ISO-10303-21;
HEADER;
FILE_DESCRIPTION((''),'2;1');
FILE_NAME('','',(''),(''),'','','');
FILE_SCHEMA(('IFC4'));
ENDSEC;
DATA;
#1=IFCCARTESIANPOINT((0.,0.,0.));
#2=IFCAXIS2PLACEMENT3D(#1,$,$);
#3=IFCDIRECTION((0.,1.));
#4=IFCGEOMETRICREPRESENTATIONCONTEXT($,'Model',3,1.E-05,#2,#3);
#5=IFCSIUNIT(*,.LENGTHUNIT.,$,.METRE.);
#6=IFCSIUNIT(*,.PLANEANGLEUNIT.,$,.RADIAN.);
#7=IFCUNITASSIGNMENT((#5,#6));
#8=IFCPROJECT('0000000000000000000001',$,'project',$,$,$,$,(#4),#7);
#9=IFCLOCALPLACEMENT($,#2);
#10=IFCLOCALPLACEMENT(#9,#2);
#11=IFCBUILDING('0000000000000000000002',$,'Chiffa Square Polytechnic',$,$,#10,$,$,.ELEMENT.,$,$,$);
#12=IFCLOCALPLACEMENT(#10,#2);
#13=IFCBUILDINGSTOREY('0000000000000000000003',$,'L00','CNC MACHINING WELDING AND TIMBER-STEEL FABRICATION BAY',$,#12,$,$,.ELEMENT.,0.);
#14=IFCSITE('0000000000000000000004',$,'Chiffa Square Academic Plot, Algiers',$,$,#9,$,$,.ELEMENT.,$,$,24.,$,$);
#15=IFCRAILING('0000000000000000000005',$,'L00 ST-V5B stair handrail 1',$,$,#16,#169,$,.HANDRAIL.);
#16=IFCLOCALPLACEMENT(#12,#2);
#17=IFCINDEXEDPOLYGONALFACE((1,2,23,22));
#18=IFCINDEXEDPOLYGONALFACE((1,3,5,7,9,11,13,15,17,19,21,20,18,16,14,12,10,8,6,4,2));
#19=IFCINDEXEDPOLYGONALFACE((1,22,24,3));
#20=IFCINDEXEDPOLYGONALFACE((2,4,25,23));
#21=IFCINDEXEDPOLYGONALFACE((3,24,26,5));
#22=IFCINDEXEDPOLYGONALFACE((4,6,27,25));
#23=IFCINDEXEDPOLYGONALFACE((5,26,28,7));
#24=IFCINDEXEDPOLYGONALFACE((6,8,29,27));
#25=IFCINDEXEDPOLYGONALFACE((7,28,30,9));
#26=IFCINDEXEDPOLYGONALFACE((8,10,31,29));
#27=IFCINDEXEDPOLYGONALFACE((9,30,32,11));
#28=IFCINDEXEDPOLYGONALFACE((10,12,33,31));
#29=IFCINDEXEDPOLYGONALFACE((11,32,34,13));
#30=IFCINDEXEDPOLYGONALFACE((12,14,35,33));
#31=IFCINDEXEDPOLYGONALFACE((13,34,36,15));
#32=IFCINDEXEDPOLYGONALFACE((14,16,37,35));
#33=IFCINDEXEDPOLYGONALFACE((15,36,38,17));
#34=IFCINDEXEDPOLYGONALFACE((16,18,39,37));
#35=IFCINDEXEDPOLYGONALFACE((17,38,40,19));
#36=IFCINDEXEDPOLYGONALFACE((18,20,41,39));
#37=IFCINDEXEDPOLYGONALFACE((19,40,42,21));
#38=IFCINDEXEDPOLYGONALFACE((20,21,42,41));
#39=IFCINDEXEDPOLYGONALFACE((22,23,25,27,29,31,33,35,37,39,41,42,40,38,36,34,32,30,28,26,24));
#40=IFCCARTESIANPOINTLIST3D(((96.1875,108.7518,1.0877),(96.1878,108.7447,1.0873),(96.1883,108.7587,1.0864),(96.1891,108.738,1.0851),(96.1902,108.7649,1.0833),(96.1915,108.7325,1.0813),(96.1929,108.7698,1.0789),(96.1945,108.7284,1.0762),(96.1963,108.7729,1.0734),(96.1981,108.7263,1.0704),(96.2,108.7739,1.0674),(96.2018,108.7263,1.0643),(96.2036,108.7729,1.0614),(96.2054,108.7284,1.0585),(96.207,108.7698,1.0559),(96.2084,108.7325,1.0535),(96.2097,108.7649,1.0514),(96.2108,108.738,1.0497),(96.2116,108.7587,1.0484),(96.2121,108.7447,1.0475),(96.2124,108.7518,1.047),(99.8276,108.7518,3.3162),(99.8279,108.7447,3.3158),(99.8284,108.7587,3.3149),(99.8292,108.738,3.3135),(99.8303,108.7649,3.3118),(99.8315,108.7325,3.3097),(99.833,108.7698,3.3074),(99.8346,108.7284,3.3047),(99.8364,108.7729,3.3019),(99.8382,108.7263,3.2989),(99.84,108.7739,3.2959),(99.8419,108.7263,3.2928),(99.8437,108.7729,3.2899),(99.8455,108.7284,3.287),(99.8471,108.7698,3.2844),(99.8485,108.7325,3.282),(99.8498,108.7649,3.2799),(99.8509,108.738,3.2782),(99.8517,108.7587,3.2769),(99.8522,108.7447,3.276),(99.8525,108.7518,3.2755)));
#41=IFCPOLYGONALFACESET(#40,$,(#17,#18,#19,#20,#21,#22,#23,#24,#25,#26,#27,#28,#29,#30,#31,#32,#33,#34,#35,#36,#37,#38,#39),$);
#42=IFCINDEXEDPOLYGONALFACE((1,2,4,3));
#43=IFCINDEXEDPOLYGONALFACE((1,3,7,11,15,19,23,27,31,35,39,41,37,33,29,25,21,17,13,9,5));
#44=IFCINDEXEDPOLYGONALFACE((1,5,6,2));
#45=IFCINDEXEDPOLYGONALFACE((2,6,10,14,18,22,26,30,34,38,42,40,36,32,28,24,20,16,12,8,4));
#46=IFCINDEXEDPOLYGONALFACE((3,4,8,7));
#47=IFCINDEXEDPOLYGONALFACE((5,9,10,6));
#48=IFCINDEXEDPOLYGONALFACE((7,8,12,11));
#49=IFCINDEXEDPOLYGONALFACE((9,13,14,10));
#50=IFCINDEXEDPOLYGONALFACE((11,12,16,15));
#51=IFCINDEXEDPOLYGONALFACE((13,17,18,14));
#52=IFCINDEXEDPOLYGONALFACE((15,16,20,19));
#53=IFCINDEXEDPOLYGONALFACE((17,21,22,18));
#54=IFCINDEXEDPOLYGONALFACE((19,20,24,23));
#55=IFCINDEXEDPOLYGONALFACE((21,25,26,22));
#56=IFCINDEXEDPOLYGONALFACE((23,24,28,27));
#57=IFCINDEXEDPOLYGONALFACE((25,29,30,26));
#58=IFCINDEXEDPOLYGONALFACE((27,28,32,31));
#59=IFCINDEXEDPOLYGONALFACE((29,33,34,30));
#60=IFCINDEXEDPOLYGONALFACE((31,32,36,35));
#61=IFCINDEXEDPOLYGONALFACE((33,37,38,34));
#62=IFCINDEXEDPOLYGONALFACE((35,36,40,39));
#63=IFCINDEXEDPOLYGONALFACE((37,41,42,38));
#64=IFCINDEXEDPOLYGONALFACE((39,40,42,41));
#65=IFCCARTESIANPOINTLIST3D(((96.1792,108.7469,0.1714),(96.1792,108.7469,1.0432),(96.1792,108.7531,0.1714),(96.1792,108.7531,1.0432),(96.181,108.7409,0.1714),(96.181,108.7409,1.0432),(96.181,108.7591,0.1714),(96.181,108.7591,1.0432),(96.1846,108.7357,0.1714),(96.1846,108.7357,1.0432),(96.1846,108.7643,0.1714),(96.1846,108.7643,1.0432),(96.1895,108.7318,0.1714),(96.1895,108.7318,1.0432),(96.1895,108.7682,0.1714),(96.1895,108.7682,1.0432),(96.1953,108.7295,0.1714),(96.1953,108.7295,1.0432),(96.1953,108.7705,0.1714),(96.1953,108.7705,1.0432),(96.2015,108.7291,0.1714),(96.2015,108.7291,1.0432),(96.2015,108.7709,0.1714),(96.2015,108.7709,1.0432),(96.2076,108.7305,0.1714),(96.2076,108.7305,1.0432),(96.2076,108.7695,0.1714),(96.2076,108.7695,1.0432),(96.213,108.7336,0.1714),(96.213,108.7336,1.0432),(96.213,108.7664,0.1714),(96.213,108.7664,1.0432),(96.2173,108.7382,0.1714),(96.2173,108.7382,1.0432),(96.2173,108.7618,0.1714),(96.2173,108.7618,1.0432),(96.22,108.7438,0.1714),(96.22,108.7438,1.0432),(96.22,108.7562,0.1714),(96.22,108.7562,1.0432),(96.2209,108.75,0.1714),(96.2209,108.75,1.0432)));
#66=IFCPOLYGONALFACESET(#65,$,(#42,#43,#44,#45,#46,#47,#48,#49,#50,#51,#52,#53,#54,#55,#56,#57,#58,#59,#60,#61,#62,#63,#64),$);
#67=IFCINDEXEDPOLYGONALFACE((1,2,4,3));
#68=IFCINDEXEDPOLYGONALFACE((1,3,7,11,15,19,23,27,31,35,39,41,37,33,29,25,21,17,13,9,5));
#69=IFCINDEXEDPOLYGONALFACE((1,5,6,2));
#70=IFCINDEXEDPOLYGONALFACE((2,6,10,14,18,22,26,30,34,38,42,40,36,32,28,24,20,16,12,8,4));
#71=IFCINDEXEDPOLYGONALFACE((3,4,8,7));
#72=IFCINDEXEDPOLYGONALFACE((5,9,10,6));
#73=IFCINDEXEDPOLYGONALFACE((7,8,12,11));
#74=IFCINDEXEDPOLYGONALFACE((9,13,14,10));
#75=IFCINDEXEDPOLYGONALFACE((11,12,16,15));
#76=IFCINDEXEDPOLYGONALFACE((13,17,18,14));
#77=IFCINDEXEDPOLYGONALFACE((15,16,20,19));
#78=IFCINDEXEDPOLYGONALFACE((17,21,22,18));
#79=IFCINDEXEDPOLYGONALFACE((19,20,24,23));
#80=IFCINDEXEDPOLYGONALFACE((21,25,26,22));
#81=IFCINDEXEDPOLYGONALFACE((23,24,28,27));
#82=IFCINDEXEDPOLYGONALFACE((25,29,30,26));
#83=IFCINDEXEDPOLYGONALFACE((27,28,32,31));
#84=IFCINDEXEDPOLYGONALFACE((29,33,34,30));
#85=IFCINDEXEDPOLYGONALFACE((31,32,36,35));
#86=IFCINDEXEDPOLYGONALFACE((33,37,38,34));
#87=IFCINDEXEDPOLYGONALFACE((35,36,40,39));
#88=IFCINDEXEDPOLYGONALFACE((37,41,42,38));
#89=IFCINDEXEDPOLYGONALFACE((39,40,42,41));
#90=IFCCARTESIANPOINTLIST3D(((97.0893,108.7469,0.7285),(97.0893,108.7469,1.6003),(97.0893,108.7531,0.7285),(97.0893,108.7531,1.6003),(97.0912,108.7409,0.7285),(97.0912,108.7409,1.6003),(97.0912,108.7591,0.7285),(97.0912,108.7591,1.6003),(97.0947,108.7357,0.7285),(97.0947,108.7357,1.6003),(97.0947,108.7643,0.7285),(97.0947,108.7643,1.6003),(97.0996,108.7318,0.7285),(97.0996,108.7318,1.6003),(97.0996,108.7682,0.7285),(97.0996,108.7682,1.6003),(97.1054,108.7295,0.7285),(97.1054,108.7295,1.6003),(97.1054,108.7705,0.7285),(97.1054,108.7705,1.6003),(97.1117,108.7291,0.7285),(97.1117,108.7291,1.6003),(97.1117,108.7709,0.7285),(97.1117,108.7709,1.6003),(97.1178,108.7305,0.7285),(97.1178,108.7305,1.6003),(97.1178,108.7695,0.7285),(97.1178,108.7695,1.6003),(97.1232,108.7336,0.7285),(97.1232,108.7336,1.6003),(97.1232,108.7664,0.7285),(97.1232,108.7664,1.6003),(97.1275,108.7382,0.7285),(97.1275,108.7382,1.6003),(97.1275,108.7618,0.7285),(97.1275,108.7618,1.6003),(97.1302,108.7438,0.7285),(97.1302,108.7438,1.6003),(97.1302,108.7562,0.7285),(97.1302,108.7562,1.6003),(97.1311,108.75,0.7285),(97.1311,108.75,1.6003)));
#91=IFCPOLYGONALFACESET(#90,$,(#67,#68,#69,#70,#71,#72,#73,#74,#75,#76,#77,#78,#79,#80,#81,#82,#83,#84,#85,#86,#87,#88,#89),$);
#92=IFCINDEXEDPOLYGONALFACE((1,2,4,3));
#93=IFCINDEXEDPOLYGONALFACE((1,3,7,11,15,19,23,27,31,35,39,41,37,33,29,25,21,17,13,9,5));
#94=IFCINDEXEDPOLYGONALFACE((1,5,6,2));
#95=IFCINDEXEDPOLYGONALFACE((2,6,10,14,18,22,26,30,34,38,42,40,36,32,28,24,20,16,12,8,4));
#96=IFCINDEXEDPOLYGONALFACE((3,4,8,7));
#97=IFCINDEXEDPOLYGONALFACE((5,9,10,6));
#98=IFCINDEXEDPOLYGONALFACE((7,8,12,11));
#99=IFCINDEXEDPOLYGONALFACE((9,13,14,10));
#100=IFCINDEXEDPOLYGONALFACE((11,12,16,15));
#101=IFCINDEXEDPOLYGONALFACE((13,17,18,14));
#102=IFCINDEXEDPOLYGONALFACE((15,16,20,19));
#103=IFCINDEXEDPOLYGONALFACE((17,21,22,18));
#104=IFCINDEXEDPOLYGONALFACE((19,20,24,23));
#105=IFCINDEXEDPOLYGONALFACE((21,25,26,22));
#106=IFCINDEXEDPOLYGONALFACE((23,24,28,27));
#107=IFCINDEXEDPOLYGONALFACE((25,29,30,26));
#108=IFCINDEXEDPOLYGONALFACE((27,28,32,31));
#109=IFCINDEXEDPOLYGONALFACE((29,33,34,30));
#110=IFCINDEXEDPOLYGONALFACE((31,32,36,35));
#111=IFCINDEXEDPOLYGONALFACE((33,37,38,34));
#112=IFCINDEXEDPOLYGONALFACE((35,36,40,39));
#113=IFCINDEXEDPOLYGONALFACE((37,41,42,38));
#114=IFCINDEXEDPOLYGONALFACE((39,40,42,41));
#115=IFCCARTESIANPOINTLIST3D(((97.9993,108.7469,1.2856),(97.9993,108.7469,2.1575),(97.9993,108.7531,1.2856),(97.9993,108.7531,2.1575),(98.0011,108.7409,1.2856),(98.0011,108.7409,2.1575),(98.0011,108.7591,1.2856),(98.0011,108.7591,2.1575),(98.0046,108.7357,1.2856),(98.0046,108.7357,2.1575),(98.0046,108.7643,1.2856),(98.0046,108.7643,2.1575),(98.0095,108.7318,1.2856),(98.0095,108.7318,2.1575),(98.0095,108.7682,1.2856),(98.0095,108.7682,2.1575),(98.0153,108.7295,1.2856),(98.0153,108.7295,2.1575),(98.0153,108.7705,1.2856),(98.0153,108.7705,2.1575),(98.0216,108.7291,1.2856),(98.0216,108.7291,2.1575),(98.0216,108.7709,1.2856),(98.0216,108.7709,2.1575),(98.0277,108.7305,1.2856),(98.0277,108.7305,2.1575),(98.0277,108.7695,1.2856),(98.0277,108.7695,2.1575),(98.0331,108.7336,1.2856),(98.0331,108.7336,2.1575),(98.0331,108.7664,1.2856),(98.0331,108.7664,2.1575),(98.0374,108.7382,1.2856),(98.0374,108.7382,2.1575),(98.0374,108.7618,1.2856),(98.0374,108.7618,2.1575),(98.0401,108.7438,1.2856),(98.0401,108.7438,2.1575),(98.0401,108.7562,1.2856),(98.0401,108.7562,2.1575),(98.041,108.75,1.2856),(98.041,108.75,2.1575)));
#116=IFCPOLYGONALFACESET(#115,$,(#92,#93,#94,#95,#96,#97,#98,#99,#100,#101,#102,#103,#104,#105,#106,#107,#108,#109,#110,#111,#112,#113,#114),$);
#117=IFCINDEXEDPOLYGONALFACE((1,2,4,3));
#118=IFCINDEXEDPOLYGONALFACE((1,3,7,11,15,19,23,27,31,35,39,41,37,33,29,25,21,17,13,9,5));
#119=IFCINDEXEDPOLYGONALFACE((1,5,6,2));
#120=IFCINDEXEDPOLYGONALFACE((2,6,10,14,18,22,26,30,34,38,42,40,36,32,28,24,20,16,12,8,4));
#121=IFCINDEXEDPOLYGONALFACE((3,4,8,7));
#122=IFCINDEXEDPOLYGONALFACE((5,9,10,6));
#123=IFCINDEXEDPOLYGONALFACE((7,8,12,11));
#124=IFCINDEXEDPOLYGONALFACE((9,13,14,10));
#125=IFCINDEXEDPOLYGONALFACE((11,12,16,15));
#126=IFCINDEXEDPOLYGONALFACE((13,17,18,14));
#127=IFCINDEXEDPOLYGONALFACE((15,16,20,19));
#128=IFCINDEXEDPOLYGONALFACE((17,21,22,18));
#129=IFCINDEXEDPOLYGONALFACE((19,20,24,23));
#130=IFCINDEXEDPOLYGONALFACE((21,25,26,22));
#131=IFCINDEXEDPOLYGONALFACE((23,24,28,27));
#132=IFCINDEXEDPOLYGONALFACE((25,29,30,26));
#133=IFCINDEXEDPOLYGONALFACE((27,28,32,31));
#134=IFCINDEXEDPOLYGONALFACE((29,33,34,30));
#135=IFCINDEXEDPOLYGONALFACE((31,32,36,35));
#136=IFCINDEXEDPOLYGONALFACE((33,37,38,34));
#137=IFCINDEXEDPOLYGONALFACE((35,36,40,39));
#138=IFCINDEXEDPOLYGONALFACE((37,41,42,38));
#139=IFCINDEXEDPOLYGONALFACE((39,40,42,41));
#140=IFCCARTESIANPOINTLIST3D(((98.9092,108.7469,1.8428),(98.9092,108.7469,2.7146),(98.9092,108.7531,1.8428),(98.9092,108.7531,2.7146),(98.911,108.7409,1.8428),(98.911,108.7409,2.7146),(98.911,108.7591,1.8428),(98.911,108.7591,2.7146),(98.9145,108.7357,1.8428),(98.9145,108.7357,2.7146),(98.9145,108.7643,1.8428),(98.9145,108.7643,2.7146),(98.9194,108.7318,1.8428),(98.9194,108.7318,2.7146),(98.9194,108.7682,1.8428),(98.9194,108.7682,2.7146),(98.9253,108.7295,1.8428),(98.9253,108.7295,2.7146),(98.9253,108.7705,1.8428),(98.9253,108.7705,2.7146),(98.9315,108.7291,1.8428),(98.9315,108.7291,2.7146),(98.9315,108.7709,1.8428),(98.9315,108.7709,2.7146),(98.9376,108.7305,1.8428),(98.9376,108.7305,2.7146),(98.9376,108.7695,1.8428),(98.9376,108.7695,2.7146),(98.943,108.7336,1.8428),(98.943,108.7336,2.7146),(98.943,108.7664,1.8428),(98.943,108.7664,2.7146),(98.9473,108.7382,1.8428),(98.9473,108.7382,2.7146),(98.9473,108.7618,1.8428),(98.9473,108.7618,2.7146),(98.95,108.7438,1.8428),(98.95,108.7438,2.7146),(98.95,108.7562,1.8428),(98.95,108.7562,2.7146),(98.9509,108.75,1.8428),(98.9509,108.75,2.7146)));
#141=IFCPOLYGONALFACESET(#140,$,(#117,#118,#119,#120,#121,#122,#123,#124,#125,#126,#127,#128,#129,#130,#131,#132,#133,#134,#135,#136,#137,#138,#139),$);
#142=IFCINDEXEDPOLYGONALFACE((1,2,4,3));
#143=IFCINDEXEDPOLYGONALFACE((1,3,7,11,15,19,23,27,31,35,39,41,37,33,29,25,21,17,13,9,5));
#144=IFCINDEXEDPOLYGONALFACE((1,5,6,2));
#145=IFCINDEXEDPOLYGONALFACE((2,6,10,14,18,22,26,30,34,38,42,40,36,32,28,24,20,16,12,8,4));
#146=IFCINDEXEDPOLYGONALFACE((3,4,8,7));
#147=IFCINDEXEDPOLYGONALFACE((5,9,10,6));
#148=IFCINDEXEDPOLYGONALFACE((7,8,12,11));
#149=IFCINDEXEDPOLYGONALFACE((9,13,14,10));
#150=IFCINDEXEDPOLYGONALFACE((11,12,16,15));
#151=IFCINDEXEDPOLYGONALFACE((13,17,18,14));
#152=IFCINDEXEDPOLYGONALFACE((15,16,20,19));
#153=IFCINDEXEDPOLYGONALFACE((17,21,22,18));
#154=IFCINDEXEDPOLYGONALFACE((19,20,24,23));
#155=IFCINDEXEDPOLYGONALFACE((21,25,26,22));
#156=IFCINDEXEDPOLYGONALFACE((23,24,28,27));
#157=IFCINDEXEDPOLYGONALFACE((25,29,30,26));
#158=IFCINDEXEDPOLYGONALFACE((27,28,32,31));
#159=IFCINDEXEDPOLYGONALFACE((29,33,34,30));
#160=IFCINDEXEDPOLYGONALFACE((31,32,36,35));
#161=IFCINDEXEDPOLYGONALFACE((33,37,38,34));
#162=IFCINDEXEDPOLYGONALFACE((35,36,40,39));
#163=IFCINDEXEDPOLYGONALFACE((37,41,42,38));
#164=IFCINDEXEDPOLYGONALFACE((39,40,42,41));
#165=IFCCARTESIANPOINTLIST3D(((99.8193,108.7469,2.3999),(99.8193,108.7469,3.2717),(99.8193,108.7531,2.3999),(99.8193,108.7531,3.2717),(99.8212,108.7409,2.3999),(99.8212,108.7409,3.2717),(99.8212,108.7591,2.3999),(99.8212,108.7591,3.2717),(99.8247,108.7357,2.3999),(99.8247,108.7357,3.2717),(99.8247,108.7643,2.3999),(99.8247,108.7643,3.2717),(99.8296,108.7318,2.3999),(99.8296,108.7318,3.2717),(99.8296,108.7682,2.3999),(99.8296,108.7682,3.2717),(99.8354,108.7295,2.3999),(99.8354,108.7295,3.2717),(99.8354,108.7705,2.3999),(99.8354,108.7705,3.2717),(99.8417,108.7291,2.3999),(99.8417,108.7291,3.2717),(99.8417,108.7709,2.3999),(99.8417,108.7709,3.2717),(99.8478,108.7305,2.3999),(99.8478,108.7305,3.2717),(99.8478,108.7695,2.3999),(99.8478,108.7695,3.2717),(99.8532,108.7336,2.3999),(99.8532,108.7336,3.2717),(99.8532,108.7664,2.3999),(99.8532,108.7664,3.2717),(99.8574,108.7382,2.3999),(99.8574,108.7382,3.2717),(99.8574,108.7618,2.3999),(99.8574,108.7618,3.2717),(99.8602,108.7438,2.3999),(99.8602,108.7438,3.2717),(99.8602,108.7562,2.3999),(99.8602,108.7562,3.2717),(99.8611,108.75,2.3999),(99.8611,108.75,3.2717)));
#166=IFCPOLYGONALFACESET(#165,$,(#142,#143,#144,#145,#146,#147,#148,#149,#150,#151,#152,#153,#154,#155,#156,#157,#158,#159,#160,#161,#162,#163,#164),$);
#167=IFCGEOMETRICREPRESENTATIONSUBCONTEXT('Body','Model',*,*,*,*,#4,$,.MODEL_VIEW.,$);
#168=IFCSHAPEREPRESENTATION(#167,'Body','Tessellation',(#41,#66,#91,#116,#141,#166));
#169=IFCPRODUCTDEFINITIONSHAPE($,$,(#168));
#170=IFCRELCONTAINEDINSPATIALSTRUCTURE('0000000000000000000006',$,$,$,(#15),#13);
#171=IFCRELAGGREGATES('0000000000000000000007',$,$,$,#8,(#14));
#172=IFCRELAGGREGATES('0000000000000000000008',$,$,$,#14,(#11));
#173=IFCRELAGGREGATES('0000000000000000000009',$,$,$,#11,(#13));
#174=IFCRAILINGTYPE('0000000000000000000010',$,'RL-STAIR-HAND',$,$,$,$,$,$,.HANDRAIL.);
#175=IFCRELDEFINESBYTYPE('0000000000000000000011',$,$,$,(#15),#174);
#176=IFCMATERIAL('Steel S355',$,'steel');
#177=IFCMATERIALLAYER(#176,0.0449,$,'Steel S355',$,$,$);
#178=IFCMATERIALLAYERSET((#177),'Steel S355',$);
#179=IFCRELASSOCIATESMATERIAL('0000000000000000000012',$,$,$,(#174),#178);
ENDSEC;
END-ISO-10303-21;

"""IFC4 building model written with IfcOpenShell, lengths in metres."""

from ifc_helpers import new_model, si_unit, direction, frame, origin, origin_2d, place, context, subcontext, project, spatial, circle, extrude, material, layer, layer_set, type_object, element, save


model = new_model("IFC4")

# Units and contexts
model_context = context("Model", 3, precision=1e-05, world=origin(), true_north=direction((0.0, 1.0)))
body_context = subcontext(model_context, "Body", "Model", "MODEL_VIEW")
ifc_project = project(units=[si_unit("LENGTHUNIT", "METRE"), si_unit("PLANEANGLEUNIT", "RADIAN")], contexts=[model_context])

# Site, building, storey
site_placement = place(None, origin())
site = spatial("IfcSite", under=ifc_project, at=site_placement, Name="Chiffa Square Academic Plot, Algiers", CompositionType="ELEMENT", RefElevation=24.0)
building_placement = place(site_placement, origin())
building = spatial("IfcBuilding", under=site, at=building_placement, Name="Chiffa Square Polytechnic", CompositionType="ELEMENT")
storey_placement = place(building_placement, origin())
storey = spatial("IfcBuildingStorey", under=building, at=storey_placement, Name="L00", Description="CNC MACHINING WELDING AND TIMBER-STEEL FABRICATION BAY", CompositionType="ELEMENT", Elevation=0.0)

# Railing
ifc_material_1 = material(Name="Steel S355", Category="steel")
ifc_layer_1 = layer(ifc_material_1, 0.0449, Name="Steel S355")
ifc_layer_set_1 = layer_set([ifc_layer_1], Name="Steel S355")
railing_type = type_object("IfcRailingType", Name="RL-STAIR-HAND", PredefinedType="HANDRAIL", material=ifc_layer_set_1)
railing_placement = place(storey_placement, frame((96.2, 108.75, 0.1714)))
element("IfcRailing", 1, at=railing_placement, inside=storey, type_object=railing_type, Name="L00 ST-V5B stair handrail 1", PredefinedType="HANDRAIL", context=body_context, shape_type="SweptSolid", body=[
    extrude(circle(Radius=0.0239, at=origin_2d()), frame((0.0, 0.0, 0.896), z_axis=(0.852866, 0.0, 0.52213), x_axis=(0.0, 1.0, 0.0)), (0.0, 0.0, 1.0), 4.2681),
    extrude(circle(Radius=0.021, at=origin_2d()), origin(), (0.0, 0.0, 1.0), 0.8718),
    extrude(circle(Radius=0.021, at=origin_2d()), frame((0.9102, 0.0, 0.5571)), (0.0, 0.0, 1.0), 0.8718),
    extrude(circle(Radius=0.021, at=origin_2d()), frame((1.8201, 0.0, 1.1143)), (0.0, 0.0, 1.0), 0.8718),
    extrude(circle(Radius=0.021, at=origin_2d()), frame((2.73, 0.0, 1.6714)), (0.0, 0.0, 1.0), 0.8718),
    extrude(circle(Radius=0.021, at=origin_2d()), frame((3.6401, 0.0, 2.2285)), (0.0, 0.0, 1.0), 0.8718),
])

save(model, "model.ifc")
